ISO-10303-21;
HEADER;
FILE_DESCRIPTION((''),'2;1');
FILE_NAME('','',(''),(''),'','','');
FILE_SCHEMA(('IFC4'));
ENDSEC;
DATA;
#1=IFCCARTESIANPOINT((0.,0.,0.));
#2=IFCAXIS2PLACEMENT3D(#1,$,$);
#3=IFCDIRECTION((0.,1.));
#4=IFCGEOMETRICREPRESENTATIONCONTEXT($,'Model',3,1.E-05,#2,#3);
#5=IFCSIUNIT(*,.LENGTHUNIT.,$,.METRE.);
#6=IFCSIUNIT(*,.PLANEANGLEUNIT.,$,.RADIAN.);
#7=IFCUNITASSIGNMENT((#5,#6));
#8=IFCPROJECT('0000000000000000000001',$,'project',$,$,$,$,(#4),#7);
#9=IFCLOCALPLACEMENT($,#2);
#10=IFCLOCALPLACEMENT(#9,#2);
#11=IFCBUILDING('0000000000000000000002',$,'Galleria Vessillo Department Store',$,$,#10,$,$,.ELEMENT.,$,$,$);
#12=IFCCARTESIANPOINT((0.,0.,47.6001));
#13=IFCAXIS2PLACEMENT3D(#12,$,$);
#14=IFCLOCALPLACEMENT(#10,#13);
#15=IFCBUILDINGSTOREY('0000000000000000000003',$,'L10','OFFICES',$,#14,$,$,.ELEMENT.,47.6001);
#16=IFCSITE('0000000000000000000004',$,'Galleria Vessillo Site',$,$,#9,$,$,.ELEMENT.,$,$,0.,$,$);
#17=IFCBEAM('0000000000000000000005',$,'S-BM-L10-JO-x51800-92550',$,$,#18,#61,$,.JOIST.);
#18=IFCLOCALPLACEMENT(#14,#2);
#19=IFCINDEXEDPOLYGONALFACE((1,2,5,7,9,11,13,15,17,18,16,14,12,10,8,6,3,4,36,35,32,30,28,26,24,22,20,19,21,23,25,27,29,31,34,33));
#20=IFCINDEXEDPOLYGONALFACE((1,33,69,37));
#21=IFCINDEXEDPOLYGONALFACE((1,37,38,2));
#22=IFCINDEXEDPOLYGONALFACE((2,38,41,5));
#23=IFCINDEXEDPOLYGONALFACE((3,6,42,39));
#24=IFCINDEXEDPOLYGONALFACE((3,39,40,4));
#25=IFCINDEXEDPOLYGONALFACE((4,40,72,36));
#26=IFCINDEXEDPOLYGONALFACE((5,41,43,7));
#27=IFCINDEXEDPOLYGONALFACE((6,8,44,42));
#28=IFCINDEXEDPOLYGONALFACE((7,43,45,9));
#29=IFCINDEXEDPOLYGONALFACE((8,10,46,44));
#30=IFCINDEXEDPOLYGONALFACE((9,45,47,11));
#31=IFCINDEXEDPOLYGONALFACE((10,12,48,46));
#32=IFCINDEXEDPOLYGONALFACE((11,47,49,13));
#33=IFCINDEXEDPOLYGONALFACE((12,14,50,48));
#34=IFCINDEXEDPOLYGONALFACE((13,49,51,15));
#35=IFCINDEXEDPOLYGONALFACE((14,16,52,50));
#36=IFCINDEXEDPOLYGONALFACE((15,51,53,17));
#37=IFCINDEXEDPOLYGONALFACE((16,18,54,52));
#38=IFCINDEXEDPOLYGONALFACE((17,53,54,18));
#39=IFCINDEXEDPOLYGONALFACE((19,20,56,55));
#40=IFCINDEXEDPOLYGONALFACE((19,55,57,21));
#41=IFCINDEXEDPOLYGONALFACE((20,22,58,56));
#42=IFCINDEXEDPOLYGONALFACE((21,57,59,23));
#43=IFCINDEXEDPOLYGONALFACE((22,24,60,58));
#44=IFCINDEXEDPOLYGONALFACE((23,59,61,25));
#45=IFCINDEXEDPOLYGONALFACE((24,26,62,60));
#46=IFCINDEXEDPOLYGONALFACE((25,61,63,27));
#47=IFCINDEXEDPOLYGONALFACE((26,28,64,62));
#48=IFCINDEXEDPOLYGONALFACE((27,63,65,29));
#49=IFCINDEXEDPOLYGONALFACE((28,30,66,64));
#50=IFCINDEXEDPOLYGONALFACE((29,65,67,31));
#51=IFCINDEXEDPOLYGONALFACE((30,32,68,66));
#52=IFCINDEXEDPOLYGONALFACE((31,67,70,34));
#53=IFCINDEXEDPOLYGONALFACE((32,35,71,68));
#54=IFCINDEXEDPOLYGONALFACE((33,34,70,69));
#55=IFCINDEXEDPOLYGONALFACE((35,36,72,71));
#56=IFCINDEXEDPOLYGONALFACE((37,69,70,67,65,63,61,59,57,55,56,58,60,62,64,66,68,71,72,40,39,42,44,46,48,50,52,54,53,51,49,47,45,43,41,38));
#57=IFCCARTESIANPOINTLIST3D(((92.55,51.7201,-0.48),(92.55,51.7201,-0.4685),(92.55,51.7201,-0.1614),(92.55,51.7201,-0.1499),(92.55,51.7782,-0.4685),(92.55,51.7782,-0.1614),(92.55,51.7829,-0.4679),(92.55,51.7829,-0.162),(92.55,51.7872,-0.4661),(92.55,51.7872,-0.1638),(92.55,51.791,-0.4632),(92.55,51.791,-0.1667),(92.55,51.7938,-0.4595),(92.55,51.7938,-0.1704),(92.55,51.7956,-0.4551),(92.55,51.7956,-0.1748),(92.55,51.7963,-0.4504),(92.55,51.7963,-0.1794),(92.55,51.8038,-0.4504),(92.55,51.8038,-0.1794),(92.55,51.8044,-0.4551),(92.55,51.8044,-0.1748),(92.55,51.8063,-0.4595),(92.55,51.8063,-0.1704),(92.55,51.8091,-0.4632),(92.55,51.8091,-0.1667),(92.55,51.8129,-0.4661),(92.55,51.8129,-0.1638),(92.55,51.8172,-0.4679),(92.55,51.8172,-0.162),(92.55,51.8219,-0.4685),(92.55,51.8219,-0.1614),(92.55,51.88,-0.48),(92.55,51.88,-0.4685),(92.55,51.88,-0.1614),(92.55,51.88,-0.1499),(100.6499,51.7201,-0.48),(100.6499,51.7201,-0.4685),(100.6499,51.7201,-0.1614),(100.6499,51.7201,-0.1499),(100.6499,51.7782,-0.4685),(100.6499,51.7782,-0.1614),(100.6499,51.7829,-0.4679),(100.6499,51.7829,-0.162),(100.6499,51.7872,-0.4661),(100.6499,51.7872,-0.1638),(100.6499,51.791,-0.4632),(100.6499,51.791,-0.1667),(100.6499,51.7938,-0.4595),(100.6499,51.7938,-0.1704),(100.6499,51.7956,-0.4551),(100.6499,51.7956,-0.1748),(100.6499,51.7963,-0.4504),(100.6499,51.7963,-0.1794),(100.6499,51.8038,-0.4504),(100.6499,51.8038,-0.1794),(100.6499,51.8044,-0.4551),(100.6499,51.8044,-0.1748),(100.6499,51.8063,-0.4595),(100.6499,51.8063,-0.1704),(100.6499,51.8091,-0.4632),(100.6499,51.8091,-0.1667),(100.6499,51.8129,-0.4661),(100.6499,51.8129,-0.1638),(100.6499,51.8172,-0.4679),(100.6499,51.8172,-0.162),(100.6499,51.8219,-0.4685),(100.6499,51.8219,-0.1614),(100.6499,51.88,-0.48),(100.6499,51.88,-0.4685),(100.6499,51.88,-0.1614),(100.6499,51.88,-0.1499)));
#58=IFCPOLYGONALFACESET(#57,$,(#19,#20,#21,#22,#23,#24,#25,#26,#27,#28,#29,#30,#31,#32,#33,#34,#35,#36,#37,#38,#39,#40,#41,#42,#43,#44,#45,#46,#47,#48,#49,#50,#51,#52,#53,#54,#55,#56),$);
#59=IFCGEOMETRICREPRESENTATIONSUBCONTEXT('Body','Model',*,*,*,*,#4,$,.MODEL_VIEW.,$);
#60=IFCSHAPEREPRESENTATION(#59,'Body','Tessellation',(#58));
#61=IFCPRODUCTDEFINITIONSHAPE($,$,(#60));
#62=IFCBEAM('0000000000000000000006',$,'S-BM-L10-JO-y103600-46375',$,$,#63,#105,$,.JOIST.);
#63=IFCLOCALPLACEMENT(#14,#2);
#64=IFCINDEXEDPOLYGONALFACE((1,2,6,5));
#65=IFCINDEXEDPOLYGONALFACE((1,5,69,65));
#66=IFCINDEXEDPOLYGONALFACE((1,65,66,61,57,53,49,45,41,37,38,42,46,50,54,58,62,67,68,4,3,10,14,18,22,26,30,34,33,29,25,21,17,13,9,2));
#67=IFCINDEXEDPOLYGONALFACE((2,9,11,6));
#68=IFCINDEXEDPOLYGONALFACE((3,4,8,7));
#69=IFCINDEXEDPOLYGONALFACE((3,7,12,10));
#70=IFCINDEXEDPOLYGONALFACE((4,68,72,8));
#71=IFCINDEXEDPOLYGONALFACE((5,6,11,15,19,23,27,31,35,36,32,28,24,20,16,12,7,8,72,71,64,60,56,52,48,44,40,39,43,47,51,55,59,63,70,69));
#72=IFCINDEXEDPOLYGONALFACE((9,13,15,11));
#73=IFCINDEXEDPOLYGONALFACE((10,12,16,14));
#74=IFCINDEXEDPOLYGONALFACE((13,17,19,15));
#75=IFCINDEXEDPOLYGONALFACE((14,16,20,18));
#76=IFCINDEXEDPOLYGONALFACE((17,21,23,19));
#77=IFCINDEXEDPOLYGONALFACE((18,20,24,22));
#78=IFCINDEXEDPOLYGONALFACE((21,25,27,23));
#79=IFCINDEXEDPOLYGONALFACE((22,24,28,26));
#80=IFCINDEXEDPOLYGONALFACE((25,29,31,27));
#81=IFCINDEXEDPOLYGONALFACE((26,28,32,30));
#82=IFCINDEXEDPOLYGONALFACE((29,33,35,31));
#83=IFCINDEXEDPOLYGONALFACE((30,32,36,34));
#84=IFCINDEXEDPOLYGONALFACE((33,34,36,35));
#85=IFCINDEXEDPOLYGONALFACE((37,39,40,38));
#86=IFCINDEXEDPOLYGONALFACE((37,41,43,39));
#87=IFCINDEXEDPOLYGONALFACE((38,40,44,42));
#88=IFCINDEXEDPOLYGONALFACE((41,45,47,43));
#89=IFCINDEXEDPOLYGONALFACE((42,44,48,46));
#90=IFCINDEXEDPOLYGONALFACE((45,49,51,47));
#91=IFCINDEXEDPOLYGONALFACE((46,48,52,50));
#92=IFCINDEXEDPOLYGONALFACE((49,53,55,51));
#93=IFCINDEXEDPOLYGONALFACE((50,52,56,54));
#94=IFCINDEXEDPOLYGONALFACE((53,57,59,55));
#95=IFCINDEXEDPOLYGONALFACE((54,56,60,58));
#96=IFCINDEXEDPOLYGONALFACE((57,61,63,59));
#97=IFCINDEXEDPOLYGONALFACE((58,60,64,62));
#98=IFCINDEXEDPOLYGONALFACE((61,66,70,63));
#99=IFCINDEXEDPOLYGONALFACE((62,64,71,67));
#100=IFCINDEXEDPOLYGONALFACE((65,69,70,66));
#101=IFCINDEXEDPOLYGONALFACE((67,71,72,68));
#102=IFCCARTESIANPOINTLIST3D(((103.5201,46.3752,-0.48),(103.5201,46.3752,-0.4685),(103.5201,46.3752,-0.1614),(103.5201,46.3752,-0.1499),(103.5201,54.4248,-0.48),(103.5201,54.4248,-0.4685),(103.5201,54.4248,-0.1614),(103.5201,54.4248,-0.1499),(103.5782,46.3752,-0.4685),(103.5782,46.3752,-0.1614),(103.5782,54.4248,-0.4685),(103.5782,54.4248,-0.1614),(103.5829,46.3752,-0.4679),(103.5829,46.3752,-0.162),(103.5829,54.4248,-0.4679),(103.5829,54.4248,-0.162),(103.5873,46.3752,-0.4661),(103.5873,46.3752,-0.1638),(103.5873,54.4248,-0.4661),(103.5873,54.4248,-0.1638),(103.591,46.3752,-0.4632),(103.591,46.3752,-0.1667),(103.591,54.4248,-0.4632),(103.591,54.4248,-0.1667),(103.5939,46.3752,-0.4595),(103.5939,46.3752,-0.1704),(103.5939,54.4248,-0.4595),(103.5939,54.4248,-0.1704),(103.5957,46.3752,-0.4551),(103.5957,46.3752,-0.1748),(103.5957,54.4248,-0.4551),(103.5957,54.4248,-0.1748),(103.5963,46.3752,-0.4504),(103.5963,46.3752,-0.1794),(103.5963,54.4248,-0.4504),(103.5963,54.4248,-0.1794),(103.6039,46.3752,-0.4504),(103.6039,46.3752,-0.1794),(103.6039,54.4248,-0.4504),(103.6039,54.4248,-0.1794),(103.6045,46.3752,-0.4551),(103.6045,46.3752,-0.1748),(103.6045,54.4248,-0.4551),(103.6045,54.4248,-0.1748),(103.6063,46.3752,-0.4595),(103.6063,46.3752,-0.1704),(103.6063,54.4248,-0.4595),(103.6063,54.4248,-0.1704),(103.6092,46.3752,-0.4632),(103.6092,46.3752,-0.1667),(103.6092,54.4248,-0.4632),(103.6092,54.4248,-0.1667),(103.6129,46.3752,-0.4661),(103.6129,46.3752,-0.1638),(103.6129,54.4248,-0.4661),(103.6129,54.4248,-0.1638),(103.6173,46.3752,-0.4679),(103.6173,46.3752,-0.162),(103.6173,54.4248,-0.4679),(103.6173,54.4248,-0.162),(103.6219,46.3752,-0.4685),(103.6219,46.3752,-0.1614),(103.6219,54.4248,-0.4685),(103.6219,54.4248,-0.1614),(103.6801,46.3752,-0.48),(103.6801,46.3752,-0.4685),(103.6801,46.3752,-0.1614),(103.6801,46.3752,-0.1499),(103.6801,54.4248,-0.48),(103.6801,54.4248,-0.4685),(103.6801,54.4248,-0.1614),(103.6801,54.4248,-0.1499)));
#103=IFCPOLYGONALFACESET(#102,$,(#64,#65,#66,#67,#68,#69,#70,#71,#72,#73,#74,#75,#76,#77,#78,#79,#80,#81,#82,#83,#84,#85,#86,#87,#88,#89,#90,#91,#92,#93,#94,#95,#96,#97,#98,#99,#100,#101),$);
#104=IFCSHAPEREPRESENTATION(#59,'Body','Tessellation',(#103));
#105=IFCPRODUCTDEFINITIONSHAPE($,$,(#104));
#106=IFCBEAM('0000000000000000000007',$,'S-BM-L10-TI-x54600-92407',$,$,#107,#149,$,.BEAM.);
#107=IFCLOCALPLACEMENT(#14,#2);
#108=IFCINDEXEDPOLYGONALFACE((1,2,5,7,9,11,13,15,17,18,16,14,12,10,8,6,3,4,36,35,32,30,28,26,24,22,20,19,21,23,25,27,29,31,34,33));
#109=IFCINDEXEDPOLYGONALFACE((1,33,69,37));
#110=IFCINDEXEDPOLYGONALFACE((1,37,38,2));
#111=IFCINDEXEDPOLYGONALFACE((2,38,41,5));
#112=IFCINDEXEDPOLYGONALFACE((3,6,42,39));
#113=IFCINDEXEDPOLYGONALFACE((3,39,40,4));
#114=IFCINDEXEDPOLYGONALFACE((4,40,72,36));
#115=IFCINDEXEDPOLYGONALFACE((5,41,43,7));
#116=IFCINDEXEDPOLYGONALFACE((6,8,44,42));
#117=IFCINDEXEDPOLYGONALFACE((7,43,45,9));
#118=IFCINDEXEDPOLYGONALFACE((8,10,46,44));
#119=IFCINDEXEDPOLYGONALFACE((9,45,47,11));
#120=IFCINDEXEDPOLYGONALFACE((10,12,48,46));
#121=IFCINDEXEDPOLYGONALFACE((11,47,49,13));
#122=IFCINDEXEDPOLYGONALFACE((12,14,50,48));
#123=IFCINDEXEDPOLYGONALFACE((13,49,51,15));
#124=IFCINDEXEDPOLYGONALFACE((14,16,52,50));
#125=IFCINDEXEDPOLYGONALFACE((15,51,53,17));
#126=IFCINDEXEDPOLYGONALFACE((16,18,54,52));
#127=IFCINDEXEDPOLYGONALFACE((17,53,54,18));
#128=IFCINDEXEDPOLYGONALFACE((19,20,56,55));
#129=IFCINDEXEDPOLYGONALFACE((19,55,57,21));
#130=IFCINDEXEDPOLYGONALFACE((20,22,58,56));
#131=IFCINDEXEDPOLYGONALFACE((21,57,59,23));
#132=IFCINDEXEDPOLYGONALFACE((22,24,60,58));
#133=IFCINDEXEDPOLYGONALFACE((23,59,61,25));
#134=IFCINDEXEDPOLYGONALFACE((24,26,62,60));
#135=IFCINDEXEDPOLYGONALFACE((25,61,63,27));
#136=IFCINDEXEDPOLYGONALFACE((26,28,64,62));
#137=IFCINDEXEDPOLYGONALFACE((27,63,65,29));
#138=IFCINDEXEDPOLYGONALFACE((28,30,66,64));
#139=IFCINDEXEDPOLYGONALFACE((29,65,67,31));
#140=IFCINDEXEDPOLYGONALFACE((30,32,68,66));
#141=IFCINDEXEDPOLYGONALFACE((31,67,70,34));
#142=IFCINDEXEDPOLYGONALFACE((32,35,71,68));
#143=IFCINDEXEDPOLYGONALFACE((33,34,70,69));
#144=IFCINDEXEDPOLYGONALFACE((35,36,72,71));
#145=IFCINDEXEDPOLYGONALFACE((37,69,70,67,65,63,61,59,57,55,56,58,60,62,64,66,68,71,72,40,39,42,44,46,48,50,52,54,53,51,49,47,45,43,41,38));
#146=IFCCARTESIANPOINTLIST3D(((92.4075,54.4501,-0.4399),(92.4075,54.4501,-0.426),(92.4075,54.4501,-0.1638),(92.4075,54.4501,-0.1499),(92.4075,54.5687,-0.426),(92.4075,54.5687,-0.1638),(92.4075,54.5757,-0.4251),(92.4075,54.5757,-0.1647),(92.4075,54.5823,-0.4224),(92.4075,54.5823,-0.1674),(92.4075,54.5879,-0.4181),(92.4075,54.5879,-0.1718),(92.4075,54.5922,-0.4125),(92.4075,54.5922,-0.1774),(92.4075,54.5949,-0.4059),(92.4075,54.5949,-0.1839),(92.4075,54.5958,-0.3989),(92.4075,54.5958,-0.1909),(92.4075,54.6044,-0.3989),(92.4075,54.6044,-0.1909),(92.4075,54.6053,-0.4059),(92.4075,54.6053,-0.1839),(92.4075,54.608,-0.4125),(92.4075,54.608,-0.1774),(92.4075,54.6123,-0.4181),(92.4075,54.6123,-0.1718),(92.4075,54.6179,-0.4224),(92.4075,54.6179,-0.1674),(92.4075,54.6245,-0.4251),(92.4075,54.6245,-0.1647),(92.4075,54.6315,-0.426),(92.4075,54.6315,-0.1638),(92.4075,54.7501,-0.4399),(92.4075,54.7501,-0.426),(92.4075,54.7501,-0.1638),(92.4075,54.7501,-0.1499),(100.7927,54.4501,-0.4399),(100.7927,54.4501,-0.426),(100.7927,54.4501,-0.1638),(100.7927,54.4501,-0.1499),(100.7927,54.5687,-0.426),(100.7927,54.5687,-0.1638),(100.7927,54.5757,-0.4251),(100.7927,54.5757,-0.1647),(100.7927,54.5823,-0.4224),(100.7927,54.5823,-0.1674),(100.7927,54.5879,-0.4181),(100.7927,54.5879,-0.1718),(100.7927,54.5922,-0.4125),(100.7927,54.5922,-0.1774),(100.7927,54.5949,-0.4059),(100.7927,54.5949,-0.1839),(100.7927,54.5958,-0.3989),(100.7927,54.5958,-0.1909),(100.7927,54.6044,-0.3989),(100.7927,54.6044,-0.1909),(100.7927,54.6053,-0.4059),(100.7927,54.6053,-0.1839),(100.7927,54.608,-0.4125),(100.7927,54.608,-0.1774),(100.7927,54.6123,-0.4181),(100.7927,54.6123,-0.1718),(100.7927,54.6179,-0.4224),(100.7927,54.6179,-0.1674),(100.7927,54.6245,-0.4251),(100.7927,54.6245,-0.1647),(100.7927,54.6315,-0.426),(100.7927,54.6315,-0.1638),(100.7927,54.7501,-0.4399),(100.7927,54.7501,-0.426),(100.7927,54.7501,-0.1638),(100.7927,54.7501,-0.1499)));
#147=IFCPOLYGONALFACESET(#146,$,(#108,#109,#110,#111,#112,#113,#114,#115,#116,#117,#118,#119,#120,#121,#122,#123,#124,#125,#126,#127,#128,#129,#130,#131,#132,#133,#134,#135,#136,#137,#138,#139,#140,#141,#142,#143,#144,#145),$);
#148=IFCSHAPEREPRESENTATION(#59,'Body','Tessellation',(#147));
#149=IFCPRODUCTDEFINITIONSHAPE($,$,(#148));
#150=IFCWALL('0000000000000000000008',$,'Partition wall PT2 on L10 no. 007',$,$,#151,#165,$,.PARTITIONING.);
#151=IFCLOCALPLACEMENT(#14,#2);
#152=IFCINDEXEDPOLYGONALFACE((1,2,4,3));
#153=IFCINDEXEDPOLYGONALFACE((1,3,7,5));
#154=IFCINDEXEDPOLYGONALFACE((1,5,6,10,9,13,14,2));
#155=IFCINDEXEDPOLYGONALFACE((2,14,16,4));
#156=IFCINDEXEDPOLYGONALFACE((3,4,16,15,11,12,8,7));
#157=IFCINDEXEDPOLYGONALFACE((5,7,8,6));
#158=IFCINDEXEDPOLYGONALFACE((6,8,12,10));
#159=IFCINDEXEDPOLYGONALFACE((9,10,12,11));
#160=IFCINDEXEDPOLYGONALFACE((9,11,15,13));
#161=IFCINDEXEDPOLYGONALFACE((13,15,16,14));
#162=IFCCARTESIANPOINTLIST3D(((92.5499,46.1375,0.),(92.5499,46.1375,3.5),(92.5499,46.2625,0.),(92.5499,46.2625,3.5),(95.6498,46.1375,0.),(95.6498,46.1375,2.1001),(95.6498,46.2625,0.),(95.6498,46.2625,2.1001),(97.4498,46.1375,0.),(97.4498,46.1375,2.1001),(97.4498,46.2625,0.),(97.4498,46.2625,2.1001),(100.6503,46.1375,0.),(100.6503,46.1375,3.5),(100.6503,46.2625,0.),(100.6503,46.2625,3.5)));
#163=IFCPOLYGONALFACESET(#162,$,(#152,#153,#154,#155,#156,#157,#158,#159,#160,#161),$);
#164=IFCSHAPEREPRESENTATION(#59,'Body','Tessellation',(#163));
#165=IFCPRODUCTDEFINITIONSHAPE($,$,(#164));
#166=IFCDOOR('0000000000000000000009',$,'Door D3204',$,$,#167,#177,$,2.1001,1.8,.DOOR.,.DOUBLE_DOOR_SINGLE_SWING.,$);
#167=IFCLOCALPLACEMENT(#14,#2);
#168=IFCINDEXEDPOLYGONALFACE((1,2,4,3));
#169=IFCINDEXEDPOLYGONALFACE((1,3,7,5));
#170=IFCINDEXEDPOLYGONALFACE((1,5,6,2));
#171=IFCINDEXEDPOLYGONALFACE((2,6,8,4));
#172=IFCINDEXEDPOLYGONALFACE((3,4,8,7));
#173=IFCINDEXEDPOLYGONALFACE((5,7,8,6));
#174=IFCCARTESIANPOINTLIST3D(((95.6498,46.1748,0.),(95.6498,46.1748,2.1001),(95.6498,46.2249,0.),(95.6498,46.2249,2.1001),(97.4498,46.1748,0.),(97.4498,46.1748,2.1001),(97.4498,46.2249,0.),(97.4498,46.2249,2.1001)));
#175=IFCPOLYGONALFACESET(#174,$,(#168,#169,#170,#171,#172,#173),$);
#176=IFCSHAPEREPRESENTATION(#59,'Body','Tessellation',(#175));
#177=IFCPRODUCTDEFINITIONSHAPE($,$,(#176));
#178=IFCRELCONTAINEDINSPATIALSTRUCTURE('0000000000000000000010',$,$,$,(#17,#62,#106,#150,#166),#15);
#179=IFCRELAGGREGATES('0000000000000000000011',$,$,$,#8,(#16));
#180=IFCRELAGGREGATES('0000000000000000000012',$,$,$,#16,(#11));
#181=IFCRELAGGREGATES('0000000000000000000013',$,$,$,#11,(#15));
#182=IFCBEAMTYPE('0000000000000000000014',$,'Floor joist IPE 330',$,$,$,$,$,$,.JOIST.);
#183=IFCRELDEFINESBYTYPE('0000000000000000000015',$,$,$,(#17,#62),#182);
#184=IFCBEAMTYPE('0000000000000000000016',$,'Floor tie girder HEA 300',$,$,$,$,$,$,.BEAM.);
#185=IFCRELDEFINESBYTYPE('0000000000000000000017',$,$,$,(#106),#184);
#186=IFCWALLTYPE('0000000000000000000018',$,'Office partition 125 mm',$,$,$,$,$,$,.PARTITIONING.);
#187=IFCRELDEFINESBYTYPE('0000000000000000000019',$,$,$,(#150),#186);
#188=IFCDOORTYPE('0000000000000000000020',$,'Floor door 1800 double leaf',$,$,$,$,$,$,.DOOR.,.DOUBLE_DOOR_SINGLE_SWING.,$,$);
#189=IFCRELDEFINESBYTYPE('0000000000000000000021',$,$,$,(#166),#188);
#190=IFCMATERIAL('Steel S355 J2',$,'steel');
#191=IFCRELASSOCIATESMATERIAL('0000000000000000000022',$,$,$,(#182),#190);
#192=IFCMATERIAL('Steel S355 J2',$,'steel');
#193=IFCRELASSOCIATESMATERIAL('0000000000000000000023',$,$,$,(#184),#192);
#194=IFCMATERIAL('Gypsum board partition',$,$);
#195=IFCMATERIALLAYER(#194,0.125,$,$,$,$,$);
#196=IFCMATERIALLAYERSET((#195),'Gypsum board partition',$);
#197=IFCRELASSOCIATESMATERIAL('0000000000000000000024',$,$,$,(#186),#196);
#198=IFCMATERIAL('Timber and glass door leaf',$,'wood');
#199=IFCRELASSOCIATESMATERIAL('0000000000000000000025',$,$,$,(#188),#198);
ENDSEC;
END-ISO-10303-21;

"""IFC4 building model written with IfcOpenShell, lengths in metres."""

from ifc_helpers import new_model, si_unit, direction, frame, frame_2d, origin, origin_2d, place, context, subcontext, project, spatial, rectangle, i_section, extrude, material, layer, layer_set, material_profile, profile_set, type_object, element, fill, save


model = new_model("IFC4")

# Units and contexts
model_context = context("Model", 3, precision=1e-05, world=origin(), true_north=direction((0.0, 1.0)))
body_context = subcontext(model_context, "Body", "Model", "MODEL_VIEW")
ifc_project = project(units=[si_unit("LENGTHUNIT", "METRE"), si_unit("PLANEANGLEUNIT", "RADIAN")], contexts=[model_context])

# Site, building, storey
site_placement = place(None, origin())
site = spatial("IfcSite", under=ifc_project, at=site_placement, Name="Galleria Vessillo Site", CompositionType="ELEMENT", RefElevation=0.0)
building_placement = place(site_placement, origin())
building = spatial("IfcBuilding", under=site, at=building_placement, Name="Galleria Vessillo Department Store", CompositionType="ELEMENT")
storey_placement = place(building_placement, frame((0.0, 0.0, 47.6001)))
storey = spatial("IfcBuildingStorey", under=building, at=storey_placement, Name="L10", Description="OFFICES", CompositionType="ELEMENT", Elevation=47.6001)

# Beams
ifc_material_1 = material(Name="Steel S355 J2", Category="steel")
ifc_material_profile_1 = material_profile(ifc_material_1, i_section(OverallWidth=0.1599, OverallDepth=0.3301, WebThickness=0.0076, FlangeThickness=0.0115, FilletRadius=0.0181, at=origin_2d()), Name="IPE 330")
ifc_profile_set_1 = profile_set([ifc_material_profile_1], Name="Steel S355 J2")
beam_type_1 = type_object("IfcBeamType", Name="Floor joist IPE 330", PredefinedType="JOIST", material=ifc_profile_set_1)
for number, where, z_axis, x_axis, name in (
    (1, (92.55, 51.8, -0.3149), (1.0, 0.0, 0.0), (0.0, 1.0, 0.0), "S-BM-L10-JO-x51800-92550"),
):
    element("IfcBeam", number, at=place(storey_placement, frame(where, z_axis=z_axis, x_axis=x_axis)), inside=storey, type_object=beam_type_1, Name=name, PredefinedType="JOIST", context=body_context, shape_type="SweptSolid", body=[
        extrude(i_section(OverallWidth=0.1599, OverallDepth=0.3301, WebThickness=0.0076, FlangeThickness=0.0115, FilletRadius=0.0181, at=origin_2d()), origin(), (0.0, 0.0, 1.0), 8.0999),
    ])
beam_1_placement = place(storey_placement, frame((103.6001, 46.3752, -0.3149), z_axis=(0.0, 1.0, 0.0), x_axis=(-1.0, 0.0, 0.0)))
element("IfcBeam", 2, at=beam_1_placement, inside=storey, type_object=beam_type_1, Name="S-BM-L10-JO-y103600-46375", PredefinedType="JOIST", context=body_context, shape_type="SweptSolid", body=[
    extrude(i_section(OverallWidth=0.1599, OverallDepth=0.3301, WebThickness=0.0076, FlangeThickness=0.0115, FilletRadius=0.0181, at=origin_2d()), origin(), (0.0, 0.0, 1.0), 8.0496),
])
ifc_material_2 = material(Name="Steel S355 J2", Category="steel")
ifc_material_profile_2 = material_profile(ifc_material_2, i_section(OverallWidth=0.3, OverallDepth=0.29, WebThickness=0.0085, FlangeThickness=0.0139, FilletRadius=0.0271, at=origin_2d()), Name="HEA 300")
ifc_profile_set_2 = profile_set([ifc_material_profile_2], Name="Steel S355 J2")
beam_type_2 = type_object("IfcBeamType", Name="Floor tie girder HEA 300", PredefinedType="BEAM", material=ifc_profile_set_2)
beam_2_placement = place(storey_placement, frame((92.4075, 54.6001, -0.2949), z_axis=(1.0, 0.0, 0.0), x_axis=(0.0, 1.0, 0.0)))
element("IfcBeam", 3, at=beam_2_placement, inside=storey, type_object=beam_type_2, Name="S-BM-L10-TI-x54600-92407", PredefinedType="BEAM", context=body_context, shape_type="SweptSolid", body=[
    extrude(i_section(OverallWidth=0.3, OverallDepth=0.29, WebThickness=0.0085, FlangeThickness=0.0139, FilletRadius=0.0271, at=origin_2d()), origin(), (0.0, 0.0, 1.0), 8.3853),
])

# Wall, opening, door
ifc_material_3 = material(Name="Gypsum board partition")
ifc_layer_1 = layer(ifc_material_3, 0.125)
ifc_layer_set_1 = layer_set([ifc_layer_1], Name="Gypsum board partition")
wall_type_1 = type_object("IfcWallType", Name="Office partition 125 mm", PredefinedType="PARTITIONING", material=ifc_layer_set_1)
wall_1_placement = place(storey_placement, frame((92.5498, 46.2, 0.0), z_axis=(0.0, 0.0, 1.0), x_axis=(1.0, 0.0, 0.0)))
wall_1 = element("IfcWall", 4, at=wall_1_placement, inside=storey, type_object=wall_type_1, Name="Partition wall PT2 on L10 no. 007", PredefinedType="PARTITIONING", context=body_context, shape_type="SweptSolid", body=[
    extrude(rectangle(XDim=8.1003, YDim=0.125, at=frame_2d((4.0503, 0.0))), origin(), (0.0, 0.0, 1.0), 3.5),
])
opening_1_placement = place(wall_1_placement, frame((3.1001, 0.0, 0.0)))
opening_1 = element("IfcOpeningElement", 5, at=opening_1_placement, cuts=wall_1, PredefinedType="OPENING", context=body_context, shape_type="SweptSolid", body=[
    extrude(rectangle(XDim=1.8, YDim=2.1001, at=frame_2d((0.8999, 1.05))), frame((0.0, 0.0725, 0.0), z_axis=(0.0, -1.0, 0.0), x_axis=(1.0, 0.0, 0.0)), (0.0, 0.0, 1.0), 0.145),
])
ifc_material_4 = material(Name="Timber and glass door leaf", Category="wood")
door_type_1 = type_object("IfcDoorType", Name="Floor door 1800 double leaf", OperationType="DOUBLE_DOOR_SINGLE_SWING", PredefinedType="DOOR", material=ifc_material_4)
door_1_placement = place(opening_1_placement, origin())
door_1 = element("IfcDoor", 6, at=door_1_placement, inside=storey, type_object=door_type_1, Name="Door D3204", OperationType="DOUBLE_DOOR_SINGLE_SWING", OverallHeight=2.1001, OverallWidth=1.8, PredefinedType="DOOR", context=body_context, shape_type="SweptSolid", body=[
    extrude(rectangle(XDim=1.8, YDim=2.1001, at=frame_2d((0.8999, 1.05))), frame((0.0, 0.0249, 0.0), z_axis=(0.0, -1.0, 0.0), x_axis=(1.0, 0.0, 0.0)), (0.0, 0.0, 1.0), 0.05),
])
fill(opening_1, door_1)

save(model, "model.ifc")
